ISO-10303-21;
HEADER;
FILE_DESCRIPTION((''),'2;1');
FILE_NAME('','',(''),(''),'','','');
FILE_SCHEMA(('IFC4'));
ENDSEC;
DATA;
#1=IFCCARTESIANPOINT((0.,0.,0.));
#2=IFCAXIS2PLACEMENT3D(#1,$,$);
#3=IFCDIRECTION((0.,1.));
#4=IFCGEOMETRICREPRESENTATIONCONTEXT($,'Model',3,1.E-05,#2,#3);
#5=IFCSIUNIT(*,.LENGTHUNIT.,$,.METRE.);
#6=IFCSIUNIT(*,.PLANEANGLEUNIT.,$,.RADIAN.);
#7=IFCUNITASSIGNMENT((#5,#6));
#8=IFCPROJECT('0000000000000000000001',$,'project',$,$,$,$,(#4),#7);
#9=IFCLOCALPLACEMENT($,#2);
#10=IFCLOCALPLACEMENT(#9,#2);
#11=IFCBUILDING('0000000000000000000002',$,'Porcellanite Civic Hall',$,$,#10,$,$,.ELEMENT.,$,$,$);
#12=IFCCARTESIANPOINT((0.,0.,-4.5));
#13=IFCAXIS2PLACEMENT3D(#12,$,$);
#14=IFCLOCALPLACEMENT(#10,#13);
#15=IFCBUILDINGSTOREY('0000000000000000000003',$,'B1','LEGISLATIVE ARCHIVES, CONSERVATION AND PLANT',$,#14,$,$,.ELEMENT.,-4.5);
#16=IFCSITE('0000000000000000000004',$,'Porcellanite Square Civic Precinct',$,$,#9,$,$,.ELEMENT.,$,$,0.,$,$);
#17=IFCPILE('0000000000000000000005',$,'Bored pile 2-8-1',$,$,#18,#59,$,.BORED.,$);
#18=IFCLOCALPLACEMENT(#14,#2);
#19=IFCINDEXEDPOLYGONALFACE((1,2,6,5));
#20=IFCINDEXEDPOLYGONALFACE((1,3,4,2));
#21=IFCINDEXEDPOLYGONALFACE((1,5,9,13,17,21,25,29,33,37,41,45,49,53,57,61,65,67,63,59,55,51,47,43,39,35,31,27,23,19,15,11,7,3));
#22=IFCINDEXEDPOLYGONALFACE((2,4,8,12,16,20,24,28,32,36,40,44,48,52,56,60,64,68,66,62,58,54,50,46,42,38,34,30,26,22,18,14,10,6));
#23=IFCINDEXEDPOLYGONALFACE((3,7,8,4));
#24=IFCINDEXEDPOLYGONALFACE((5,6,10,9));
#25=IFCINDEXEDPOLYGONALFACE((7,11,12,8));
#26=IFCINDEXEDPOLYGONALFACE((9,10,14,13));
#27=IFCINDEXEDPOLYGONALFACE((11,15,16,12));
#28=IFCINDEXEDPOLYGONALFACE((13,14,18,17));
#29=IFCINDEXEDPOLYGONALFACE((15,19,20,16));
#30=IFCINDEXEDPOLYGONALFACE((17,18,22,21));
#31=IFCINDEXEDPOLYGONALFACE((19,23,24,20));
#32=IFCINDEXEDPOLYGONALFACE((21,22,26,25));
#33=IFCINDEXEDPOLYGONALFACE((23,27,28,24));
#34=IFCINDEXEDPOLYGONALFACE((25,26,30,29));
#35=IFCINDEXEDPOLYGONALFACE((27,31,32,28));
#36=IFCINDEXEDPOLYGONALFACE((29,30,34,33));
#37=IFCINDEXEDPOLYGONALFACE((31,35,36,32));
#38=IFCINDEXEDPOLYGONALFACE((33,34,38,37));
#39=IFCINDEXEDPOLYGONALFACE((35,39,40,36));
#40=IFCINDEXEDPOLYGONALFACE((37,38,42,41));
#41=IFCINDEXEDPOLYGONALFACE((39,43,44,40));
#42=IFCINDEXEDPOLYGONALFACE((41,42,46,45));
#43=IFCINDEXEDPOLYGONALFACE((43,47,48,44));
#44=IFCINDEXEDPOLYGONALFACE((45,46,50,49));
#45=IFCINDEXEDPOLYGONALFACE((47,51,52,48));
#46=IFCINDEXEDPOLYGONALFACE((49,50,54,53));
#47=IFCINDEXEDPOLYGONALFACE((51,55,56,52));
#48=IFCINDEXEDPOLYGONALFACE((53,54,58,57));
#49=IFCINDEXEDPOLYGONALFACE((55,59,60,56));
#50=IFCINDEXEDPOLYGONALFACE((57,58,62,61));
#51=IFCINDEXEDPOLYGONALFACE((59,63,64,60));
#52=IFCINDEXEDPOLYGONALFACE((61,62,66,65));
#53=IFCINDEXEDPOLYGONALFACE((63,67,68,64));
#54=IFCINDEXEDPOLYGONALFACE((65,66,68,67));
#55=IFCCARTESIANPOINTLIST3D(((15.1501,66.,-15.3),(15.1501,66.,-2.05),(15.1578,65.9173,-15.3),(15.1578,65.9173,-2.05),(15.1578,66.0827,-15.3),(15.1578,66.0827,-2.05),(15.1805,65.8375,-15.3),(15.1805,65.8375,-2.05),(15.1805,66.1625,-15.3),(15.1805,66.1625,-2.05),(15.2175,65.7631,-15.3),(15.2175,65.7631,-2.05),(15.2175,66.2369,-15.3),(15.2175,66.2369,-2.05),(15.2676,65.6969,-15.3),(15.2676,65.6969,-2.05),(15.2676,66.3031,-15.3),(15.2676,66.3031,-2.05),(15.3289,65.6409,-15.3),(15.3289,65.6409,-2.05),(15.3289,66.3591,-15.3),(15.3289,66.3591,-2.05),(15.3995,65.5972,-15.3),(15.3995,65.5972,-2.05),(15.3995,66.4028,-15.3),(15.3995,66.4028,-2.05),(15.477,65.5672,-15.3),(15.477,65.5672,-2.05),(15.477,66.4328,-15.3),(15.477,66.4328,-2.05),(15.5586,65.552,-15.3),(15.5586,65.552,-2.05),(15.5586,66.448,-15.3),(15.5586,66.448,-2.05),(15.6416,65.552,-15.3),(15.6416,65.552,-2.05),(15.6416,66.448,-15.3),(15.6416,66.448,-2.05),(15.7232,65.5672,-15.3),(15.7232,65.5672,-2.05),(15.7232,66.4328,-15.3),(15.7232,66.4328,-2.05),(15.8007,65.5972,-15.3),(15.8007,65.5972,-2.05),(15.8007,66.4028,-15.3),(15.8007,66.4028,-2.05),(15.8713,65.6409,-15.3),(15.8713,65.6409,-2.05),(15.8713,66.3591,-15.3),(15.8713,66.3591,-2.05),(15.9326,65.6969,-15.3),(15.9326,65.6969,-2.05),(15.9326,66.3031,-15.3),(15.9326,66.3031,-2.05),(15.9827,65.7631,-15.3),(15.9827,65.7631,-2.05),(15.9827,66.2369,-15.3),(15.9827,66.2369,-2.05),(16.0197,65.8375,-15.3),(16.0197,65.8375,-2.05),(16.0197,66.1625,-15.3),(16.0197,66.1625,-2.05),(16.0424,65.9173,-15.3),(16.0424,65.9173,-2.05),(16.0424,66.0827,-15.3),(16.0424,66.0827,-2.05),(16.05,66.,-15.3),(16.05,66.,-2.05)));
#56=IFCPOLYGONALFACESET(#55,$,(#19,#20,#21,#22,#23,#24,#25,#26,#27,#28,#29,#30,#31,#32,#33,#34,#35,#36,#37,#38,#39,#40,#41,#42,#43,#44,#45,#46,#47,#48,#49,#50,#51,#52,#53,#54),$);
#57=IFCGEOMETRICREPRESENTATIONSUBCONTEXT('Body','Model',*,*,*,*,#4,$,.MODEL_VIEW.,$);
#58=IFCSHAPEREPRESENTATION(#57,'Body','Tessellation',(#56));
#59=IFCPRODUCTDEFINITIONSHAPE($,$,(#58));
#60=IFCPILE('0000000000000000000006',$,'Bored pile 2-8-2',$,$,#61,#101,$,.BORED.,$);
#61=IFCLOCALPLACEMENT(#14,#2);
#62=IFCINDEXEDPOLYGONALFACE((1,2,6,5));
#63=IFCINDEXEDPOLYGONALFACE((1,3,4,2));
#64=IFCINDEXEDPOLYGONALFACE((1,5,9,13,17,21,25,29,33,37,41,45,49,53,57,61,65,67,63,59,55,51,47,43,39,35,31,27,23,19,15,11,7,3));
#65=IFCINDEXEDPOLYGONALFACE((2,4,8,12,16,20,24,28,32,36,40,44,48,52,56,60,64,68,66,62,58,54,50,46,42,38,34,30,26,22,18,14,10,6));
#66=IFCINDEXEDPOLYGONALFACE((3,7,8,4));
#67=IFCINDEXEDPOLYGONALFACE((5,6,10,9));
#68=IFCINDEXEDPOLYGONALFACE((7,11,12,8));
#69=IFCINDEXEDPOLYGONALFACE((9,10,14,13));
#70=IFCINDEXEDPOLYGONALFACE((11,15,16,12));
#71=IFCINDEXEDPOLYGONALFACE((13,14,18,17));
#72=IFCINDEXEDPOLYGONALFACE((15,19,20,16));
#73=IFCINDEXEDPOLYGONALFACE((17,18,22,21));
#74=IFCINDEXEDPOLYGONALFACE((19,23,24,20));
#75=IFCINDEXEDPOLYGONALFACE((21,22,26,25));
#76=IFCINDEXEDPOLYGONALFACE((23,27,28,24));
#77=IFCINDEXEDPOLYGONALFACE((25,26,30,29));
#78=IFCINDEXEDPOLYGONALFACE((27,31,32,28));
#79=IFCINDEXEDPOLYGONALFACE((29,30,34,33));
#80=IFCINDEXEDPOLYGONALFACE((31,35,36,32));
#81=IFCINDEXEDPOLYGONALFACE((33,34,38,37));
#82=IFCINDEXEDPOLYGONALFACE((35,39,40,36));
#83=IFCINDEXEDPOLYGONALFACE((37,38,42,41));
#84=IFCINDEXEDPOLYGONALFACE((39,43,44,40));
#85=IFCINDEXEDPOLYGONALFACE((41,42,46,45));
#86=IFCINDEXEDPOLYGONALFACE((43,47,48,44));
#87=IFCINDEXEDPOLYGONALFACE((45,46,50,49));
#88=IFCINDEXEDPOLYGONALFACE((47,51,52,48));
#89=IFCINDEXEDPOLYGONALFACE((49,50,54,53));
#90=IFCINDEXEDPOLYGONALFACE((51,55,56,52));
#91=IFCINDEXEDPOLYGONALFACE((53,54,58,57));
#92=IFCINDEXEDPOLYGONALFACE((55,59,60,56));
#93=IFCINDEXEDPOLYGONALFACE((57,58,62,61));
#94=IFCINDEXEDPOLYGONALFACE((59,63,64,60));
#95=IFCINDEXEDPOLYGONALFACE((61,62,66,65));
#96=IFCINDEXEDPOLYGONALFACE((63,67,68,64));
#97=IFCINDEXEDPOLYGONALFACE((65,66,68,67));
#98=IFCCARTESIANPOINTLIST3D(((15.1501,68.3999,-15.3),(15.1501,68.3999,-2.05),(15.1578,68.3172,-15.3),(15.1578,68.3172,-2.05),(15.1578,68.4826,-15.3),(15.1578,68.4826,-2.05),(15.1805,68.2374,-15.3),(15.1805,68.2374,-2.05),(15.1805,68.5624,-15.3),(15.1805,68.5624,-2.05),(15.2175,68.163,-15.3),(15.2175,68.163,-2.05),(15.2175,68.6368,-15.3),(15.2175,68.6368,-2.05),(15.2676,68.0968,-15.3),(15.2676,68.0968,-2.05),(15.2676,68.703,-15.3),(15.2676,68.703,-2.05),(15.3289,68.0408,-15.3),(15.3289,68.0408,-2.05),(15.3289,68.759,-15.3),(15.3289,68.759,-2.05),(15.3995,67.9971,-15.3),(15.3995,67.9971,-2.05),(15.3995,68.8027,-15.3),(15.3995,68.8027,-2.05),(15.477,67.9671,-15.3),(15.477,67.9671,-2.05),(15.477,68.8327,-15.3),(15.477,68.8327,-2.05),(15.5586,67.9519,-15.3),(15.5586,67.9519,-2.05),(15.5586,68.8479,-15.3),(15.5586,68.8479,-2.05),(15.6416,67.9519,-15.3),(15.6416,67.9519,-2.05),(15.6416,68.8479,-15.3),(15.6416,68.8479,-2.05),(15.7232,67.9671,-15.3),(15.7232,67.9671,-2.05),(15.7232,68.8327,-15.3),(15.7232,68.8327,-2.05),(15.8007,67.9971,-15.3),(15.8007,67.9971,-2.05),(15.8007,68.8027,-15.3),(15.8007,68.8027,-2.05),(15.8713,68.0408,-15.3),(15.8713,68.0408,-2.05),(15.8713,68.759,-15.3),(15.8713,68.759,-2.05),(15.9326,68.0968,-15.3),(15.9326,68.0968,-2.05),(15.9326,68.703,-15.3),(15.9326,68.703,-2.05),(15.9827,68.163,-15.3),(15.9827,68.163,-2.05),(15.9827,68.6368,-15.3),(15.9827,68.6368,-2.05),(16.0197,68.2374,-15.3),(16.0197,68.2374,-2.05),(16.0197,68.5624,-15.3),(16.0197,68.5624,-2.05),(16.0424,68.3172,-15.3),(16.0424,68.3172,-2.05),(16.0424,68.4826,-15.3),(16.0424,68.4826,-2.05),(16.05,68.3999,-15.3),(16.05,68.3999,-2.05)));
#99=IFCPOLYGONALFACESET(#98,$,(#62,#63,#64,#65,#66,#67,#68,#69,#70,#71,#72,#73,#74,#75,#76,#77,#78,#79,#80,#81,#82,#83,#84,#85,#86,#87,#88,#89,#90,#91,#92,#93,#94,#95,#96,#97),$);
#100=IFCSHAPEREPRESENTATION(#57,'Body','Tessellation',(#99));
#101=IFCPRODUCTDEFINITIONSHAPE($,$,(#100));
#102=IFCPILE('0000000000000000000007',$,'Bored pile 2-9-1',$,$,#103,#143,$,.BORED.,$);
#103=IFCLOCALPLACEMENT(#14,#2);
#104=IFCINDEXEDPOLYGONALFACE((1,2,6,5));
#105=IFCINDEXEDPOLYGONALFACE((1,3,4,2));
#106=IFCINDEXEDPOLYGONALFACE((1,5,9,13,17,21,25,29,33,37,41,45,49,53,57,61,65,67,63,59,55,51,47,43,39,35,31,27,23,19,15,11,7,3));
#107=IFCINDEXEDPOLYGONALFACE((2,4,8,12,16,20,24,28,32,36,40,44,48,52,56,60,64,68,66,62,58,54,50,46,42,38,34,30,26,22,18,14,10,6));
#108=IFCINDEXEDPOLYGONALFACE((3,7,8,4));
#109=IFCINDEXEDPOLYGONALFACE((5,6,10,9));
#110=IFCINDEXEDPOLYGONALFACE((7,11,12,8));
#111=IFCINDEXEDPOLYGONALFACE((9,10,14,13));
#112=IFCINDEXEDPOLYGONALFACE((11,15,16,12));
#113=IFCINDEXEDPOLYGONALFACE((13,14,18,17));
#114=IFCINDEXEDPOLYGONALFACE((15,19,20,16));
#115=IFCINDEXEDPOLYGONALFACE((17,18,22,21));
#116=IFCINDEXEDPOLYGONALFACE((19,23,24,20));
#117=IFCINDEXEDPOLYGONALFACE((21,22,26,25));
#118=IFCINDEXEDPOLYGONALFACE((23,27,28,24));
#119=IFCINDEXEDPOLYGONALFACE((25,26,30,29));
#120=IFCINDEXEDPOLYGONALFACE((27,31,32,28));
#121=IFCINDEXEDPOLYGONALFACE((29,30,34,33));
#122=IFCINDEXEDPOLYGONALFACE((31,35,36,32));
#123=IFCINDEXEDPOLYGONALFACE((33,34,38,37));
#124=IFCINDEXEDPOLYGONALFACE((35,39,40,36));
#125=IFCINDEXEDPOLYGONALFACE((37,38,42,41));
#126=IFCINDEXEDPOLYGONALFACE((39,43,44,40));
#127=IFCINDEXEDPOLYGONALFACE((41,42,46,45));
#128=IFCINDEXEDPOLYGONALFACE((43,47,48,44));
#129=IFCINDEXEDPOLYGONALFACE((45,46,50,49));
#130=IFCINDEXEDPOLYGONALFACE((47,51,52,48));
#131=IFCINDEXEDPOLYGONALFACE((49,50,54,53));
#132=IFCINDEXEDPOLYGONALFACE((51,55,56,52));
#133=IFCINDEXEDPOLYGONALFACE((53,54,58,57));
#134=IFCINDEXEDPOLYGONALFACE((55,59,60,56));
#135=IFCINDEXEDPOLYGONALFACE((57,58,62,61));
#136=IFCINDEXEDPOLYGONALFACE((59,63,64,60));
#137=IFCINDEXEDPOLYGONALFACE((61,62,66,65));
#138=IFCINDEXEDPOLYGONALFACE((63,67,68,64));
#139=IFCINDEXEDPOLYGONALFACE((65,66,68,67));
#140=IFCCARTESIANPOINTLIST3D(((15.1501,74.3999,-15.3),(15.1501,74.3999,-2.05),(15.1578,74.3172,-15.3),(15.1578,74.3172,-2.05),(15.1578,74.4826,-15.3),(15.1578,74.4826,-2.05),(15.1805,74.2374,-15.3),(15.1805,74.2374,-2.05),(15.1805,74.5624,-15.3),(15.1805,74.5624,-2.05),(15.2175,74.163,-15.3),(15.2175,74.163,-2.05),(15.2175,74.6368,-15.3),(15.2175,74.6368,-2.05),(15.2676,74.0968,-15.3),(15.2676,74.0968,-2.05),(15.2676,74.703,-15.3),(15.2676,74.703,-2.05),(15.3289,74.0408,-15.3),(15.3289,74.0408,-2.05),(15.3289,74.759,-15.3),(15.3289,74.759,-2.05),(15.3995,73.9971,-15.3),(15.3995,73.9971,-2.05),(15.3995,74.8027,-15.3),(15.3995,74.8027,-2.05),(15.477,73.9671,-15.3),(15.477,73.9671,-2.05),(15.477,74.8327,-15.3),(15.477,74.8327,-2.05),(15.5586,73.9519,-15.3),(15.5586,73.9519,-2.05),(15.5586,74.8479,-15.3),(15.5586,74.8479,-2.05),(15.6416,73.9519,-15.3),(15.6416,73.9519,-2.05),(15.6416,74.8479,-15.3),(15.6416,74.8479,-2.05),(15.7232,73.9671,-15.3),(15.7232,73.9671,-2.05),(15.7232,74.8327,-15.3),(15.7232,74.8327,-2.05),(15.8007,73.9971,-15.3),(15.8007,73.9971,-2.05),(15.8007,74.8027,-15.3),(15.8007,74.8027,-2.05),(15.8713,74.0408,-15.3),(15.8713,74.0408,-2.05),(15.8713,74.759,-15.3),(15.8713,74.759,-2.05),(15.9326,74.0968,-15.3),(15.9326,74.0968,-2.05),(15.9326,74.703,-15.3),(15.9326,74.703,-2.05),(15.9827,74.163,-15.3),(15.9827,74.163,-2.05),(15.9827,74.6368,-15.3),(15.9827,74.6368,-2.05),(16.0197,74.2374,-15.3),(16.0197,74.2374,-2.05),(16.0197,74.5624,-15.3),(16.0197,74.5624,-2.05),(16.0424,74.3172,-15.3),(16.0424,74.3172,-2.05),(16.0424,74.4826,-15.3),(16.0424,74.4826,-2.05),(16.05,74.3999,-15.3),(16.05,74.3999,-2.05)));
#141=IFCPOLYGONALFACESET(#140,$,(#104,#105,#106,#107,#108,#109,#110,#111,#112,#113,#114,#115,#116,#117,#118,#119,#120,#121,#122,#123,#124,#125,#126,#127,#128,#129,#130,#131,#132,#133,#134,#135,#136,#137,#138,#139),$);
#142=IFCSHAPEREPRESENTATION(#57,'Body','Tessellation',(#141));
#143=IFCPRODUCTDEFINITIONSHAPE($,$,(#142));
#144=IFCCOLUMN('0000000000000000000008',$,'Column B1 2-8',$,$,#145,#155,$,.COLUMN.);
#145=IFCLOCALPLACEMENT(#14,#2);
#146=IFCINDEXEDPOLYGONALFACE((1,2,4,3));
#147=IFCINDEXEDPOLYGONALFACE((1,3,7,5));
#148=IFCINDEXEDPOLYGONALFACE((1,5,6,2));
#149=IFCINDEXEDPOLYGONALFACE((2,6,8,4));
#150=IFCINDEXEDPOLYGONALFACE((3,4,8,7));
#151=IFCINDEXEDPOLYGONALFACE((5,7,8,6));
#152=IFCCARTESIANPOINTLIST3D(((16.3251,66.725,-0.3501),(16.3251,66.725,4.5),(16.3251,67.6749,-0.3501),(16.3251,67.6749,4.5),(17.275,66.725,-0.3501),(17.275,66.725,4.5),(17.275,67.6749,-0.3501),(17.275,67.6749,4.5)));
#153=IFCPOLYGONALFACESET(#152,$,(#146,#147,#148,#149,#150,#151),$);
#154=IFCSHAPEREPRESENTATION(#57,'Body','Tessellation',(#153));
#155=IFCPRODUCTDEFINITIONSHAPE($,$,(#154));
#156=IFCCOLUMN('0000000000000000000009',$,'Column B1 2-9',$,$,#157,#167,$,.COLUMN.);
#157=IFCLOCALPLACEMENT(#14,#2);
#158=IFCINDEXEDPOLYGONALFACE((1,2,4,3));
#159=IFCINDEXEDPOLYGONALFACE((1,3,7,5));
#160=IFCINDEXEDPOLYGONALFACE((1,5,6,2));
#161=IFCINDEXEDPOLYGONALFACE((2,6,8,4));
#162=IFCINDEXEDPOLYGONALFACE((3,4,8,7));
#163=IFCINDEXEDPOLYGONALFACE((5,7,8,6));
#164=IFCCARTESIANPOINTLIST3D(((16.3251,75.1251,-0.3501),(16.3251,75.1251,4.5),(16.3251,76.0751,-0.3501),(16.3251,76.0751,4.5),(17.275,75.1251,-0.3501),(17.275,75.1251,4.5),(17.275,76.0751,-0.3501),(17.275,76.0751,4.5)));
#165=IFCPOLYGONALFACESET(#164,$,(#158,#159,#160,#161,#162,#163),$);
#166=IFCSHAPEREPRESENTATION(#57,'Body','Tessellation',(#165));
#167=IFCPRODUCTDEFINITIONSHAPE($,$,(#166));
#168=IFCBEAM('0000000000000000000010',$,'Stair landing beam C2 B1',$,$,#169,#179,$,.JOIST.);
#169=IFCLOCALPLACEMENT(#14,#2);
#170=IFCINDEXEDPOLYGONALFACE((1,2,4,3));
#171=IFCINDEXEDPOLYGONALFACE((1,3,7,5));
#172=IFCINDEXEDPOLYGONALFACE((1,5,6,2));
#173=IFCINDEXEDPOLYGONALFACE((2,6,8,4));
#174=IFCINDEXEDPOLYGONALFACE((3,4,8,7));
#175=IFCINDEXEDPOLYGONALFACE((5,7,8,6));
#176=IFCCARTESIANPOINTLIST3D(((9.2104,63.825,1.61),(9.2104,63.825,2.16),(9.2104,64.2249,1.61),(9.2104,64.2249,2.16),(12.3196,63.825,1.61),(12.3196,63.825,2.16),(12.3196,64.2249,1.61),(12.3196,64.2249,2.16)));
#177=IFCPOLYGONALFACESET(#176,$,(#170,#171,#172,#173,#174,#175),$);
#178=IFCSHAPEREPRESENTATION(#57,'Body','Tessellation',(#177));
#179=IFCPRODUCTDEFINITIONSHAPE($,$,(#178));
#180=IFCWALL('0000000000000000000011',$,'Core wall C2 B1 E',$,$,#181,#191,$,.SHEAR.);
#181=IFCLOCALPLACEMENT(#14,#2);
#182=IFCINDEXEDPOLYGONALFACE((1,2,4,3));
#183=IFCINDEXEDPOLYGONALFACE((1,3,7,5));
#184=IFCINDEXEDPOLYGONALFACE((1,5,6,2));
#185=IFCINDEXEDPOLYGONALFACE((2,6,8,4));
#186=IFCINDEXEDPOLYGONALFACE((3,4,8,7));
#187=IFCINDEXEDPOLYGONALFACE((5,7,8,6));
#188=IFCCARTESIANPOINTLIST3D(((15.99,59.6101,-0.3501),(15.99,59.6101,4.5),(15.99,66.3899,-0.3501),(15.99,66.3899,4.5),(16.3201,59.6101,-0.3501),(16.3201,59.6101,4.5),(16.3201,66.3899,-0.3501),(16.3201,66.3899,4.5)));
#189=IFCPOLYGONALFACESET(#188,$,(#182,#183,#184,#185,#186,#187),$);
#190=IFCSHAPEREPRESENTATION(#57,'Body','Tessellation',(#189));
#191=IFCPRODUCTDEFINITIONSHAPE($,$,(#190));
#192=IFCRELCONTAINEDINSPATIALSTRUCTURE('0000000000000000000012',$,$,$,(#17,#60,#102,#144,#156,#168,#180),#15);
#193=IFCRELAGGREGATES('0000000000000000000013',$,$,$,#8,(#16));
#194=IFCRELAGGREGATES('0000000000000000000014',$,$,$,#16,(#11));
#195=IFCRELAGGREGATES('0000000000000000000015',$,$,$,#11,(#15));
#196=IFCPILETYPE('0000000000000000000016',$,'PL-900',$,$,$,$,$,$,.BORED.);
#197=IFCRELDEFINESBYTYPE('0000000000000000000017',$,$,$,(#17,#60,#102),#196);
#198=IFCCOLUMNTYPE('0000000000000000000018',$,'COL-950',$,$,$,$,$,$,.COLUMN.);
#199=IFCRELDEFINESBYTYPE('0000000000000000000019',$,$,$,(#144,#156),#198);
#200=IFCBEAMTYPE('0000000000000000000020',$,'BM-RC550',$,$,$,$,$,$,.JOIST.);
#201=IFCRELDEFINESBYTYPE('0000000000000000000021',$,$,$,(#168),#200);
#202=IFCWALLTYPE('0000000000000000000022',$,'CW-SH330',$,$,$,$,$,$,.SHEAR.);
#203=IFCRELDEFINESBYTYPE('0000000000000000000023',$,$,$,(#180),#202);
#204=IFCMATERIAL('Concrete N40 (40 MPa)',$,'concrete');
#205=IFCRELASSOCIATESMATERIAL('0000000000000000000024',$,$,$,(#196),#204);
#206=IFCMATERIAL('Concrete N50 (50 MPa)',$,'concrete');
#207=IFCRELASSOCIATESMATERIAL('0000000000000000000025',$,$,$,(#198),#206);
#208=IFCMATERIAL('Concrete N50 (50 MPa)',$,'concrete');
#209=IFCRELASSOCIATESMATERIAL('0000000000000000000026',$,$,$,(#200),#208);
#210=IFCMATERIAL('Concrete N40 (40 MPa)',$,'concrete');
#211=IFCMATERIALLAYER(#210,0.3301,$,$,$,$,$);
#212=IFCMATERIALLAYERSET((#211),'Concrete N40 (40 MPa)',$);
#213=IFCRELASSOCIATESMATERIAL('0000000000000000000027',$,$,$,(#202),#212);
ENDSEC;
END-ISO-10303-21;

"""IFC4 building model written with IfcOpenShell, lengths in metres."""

from ifc_helpers import new_model, si_unit, direction, frame, frame_2d, origin, origin_2d, place, context, subcontext, project, spatial, rectangle, circle, extrude, material, layer, layer_set, material_profile, profile_set, type_object, element, save


model = new_model("IFC4")

# Units and contexts
model_context = context("Model", 3, precision=1e-05, world=origin(), true_north=direction((0.0, 1.0)))
body_context = subcontext(model_context, "Body", "Model", "MODEL_VIEW")
ifc_project = project(units=[si_unit("LENGTHUNIT", "METRE"), si_unit("PLANEANGLEUNIT", "RADIAN")], contexts=[model_context])

# Site, building, storey
site_placement = place(None, origin())
site = spatial("IfcSite", under=ifc_project, at=site_placement, Name="Porcellanite Square Civic Precinct", CompositionType="ELEMENT", RefElevation=0.0)
building_placement = place(site_placement, origin())
building = spatial("IfcBuilding", under=site, at=building_placement, Name="Porcellanite Civic Hall", CompositionType="ELEMENT")
storey_placement = place(building_placement, frame((0.0, 0.0, -4.5)))
storey = spatial("IfcBuildingStorey", under=building, at=storey_placement, Name="B1", Description="LEGISLATIVE ARCHIVES, CONSERVATION AND PLANT", CompositionType="ELEMENT", Elevation=-4.5)

# Piles
ifc_material_1 = material(Name="Concrete N40 (40 MPa)", Category="concrete")
ifc_material_profile_1 = material_profile(ifc_material_1, circle(Radius=0.45, at=origin_2d()), Name="PILE-D900")
ifc_profile_set_1 = profile_set([ifc_material_profile_1], Name="Concrete N40 (40 MPa)")
pile_type = type_object("IfcPileType", Name="PL-900", PredefinedType="BORED", material=ifc_profile_set_1)
for number, where, z_axis, x_axis, name in (
    (1, (15.6001, 66.0, -2.05), (0.0, 0.0, -1.0), (1.0, 0.0, 0.0), "Bored pile 2-8-1"),
    (2, (15.6001, 68.3999, -2.05), (0.0, 0.0, -1.0), (1.0, 0.0, 0.0), "Bored pile 2-8-2"),
    (3, (15.6001, 74.3999, -2.05), (0.0, 0.0, -1.0), (1.0, 0.0, 0.0), "Bored pile 2-9-1"),
):
    element("IfcPile", number, at=place(storey_placement, frame(where, z_axis=z_axis, x_axis=x_axis)), inside=storey, type_object=pile_type, Name=name, PredefinedType="BORED", context=body_context, shape_type="SweptSolid", body=[
        extrude(circle(Radius=0.45, at=origin_2d()), origin(), (0.0, 0.0, 1.0), 13.25),
    ])

# Columns
ifc_material_2 = material(Name="Concrete N50 (50 MPa)", Category="concrete")
ifc_material_profile_2 = material_profile(ifc_material_2, rectangle(XDim=0.95, YDim=0.95, at=origin_2d()), Name="RC-950x950")
ifc_profile_set_2 = profile_set([ifc_material_profile_2], Name="Concrete N50 (50 MPa)")
column_type = type_object("IfcColumnType", Name="COL-950", PredefinedType="COLUMN", material=ifc_profile_set_2)
for number, where, z_axis, x_axis, name in (
    (4, (16.8, 67.2, -0.3501), (0.0, 0.0, 1.0), (1.0, 0.0, 0.0), "Column B1 2-8"),
    (5, (16.8, 75.6001, -0.3501), (0.0, 0.0, 1.0), (1.0, 0.0, 0.0), "Column B1 2-9"),
):
    element("IfcColumn", number, at=place(storey_placement, frame(where, z_axis=z_axis, x_axis=x_axis)), inside=storey, type_object=column_type, Name=name, PredefinedType="COLUMN", context=body_context, shape_type="SweptSolid", body=[
        extrude(rectangle(XDim=0.95, YDim=0.95, at=origin_2d()), origin(), (0.0, 0.0, 1.0), 4.8501),
    ])

# Beam
ifc_material_3 = material(Name="Concrete N50 (50 MPa)", Category="concrete")
ifc_material_profile_3 = material_profile(ifc_material_3, rectangle(XDim=0.3999, YDim=0.55, at=origin_2d()), Name="RC-400x550")
ifc_profile_set_3 = profile_set([ifc_material_profile_3], Name="Concrete N50 (50 MPa)")
beam_type = type_object("IfcBeamType", Name="BM-RC550", PredefinedType="JOIST", material=ifc_profile_set_3)
beam_placement = place(storey_placement, frame((9.2104, 64.0249, 1.885), z_axis=(1.0, 0.0, 0.0), x_axis=(0.0, 1.0, 0.0)))
element("IfcBeam", 6, at=beam_placement, inside=storey, type_object=beam_type, Name="Stair landing beam C2 B1", PredefinedType="JOIST", context=body_context, shape_type="SweptSolid", body=[
    extrude(rectangle(XDim=0.3999, YDim=0.55, at=origin_2d()), origin(), (0.0, 0.0, 1.0), 3.1091),
])

# Wall
ifc_material_4 = material(Name="Concrete N40 (40 MPa)", Category="concrete")
ifc_layer_1 = layer(ifc_material_4, 0.3301)
ifc_layer_set_1 = layer_set([ifc_layer_1], Name="Concrete N40 (40 MPa)")
wall_type = type_object("IfcWallType", Name="CW-SH330", PredefinedType="SHEAR", material=ifc_layer_set_1)
wall_placement = place(storey_placement, frame((16.155, 66.3899, -0.3501), z_axis=(0.0, 0.0, 1.0), x_axis=(0.0, -1.0, 0.0)))
element("IfcWall", 7, at=wall_placement, inside=storey, type_object=wall_type, Name="Core wall C2 B1 E", PredefinedType="SHEAR", context=body_context, shape_type="SweptSolid", body=[
    extrude(rectangle(XDim=6.7798, YDim=0.3301, at=frame_2d((3.3899, 0.0))), origin(), (0.0, 0.0, 1.0), 4.8501),
])

save(model, "model.ifc")
